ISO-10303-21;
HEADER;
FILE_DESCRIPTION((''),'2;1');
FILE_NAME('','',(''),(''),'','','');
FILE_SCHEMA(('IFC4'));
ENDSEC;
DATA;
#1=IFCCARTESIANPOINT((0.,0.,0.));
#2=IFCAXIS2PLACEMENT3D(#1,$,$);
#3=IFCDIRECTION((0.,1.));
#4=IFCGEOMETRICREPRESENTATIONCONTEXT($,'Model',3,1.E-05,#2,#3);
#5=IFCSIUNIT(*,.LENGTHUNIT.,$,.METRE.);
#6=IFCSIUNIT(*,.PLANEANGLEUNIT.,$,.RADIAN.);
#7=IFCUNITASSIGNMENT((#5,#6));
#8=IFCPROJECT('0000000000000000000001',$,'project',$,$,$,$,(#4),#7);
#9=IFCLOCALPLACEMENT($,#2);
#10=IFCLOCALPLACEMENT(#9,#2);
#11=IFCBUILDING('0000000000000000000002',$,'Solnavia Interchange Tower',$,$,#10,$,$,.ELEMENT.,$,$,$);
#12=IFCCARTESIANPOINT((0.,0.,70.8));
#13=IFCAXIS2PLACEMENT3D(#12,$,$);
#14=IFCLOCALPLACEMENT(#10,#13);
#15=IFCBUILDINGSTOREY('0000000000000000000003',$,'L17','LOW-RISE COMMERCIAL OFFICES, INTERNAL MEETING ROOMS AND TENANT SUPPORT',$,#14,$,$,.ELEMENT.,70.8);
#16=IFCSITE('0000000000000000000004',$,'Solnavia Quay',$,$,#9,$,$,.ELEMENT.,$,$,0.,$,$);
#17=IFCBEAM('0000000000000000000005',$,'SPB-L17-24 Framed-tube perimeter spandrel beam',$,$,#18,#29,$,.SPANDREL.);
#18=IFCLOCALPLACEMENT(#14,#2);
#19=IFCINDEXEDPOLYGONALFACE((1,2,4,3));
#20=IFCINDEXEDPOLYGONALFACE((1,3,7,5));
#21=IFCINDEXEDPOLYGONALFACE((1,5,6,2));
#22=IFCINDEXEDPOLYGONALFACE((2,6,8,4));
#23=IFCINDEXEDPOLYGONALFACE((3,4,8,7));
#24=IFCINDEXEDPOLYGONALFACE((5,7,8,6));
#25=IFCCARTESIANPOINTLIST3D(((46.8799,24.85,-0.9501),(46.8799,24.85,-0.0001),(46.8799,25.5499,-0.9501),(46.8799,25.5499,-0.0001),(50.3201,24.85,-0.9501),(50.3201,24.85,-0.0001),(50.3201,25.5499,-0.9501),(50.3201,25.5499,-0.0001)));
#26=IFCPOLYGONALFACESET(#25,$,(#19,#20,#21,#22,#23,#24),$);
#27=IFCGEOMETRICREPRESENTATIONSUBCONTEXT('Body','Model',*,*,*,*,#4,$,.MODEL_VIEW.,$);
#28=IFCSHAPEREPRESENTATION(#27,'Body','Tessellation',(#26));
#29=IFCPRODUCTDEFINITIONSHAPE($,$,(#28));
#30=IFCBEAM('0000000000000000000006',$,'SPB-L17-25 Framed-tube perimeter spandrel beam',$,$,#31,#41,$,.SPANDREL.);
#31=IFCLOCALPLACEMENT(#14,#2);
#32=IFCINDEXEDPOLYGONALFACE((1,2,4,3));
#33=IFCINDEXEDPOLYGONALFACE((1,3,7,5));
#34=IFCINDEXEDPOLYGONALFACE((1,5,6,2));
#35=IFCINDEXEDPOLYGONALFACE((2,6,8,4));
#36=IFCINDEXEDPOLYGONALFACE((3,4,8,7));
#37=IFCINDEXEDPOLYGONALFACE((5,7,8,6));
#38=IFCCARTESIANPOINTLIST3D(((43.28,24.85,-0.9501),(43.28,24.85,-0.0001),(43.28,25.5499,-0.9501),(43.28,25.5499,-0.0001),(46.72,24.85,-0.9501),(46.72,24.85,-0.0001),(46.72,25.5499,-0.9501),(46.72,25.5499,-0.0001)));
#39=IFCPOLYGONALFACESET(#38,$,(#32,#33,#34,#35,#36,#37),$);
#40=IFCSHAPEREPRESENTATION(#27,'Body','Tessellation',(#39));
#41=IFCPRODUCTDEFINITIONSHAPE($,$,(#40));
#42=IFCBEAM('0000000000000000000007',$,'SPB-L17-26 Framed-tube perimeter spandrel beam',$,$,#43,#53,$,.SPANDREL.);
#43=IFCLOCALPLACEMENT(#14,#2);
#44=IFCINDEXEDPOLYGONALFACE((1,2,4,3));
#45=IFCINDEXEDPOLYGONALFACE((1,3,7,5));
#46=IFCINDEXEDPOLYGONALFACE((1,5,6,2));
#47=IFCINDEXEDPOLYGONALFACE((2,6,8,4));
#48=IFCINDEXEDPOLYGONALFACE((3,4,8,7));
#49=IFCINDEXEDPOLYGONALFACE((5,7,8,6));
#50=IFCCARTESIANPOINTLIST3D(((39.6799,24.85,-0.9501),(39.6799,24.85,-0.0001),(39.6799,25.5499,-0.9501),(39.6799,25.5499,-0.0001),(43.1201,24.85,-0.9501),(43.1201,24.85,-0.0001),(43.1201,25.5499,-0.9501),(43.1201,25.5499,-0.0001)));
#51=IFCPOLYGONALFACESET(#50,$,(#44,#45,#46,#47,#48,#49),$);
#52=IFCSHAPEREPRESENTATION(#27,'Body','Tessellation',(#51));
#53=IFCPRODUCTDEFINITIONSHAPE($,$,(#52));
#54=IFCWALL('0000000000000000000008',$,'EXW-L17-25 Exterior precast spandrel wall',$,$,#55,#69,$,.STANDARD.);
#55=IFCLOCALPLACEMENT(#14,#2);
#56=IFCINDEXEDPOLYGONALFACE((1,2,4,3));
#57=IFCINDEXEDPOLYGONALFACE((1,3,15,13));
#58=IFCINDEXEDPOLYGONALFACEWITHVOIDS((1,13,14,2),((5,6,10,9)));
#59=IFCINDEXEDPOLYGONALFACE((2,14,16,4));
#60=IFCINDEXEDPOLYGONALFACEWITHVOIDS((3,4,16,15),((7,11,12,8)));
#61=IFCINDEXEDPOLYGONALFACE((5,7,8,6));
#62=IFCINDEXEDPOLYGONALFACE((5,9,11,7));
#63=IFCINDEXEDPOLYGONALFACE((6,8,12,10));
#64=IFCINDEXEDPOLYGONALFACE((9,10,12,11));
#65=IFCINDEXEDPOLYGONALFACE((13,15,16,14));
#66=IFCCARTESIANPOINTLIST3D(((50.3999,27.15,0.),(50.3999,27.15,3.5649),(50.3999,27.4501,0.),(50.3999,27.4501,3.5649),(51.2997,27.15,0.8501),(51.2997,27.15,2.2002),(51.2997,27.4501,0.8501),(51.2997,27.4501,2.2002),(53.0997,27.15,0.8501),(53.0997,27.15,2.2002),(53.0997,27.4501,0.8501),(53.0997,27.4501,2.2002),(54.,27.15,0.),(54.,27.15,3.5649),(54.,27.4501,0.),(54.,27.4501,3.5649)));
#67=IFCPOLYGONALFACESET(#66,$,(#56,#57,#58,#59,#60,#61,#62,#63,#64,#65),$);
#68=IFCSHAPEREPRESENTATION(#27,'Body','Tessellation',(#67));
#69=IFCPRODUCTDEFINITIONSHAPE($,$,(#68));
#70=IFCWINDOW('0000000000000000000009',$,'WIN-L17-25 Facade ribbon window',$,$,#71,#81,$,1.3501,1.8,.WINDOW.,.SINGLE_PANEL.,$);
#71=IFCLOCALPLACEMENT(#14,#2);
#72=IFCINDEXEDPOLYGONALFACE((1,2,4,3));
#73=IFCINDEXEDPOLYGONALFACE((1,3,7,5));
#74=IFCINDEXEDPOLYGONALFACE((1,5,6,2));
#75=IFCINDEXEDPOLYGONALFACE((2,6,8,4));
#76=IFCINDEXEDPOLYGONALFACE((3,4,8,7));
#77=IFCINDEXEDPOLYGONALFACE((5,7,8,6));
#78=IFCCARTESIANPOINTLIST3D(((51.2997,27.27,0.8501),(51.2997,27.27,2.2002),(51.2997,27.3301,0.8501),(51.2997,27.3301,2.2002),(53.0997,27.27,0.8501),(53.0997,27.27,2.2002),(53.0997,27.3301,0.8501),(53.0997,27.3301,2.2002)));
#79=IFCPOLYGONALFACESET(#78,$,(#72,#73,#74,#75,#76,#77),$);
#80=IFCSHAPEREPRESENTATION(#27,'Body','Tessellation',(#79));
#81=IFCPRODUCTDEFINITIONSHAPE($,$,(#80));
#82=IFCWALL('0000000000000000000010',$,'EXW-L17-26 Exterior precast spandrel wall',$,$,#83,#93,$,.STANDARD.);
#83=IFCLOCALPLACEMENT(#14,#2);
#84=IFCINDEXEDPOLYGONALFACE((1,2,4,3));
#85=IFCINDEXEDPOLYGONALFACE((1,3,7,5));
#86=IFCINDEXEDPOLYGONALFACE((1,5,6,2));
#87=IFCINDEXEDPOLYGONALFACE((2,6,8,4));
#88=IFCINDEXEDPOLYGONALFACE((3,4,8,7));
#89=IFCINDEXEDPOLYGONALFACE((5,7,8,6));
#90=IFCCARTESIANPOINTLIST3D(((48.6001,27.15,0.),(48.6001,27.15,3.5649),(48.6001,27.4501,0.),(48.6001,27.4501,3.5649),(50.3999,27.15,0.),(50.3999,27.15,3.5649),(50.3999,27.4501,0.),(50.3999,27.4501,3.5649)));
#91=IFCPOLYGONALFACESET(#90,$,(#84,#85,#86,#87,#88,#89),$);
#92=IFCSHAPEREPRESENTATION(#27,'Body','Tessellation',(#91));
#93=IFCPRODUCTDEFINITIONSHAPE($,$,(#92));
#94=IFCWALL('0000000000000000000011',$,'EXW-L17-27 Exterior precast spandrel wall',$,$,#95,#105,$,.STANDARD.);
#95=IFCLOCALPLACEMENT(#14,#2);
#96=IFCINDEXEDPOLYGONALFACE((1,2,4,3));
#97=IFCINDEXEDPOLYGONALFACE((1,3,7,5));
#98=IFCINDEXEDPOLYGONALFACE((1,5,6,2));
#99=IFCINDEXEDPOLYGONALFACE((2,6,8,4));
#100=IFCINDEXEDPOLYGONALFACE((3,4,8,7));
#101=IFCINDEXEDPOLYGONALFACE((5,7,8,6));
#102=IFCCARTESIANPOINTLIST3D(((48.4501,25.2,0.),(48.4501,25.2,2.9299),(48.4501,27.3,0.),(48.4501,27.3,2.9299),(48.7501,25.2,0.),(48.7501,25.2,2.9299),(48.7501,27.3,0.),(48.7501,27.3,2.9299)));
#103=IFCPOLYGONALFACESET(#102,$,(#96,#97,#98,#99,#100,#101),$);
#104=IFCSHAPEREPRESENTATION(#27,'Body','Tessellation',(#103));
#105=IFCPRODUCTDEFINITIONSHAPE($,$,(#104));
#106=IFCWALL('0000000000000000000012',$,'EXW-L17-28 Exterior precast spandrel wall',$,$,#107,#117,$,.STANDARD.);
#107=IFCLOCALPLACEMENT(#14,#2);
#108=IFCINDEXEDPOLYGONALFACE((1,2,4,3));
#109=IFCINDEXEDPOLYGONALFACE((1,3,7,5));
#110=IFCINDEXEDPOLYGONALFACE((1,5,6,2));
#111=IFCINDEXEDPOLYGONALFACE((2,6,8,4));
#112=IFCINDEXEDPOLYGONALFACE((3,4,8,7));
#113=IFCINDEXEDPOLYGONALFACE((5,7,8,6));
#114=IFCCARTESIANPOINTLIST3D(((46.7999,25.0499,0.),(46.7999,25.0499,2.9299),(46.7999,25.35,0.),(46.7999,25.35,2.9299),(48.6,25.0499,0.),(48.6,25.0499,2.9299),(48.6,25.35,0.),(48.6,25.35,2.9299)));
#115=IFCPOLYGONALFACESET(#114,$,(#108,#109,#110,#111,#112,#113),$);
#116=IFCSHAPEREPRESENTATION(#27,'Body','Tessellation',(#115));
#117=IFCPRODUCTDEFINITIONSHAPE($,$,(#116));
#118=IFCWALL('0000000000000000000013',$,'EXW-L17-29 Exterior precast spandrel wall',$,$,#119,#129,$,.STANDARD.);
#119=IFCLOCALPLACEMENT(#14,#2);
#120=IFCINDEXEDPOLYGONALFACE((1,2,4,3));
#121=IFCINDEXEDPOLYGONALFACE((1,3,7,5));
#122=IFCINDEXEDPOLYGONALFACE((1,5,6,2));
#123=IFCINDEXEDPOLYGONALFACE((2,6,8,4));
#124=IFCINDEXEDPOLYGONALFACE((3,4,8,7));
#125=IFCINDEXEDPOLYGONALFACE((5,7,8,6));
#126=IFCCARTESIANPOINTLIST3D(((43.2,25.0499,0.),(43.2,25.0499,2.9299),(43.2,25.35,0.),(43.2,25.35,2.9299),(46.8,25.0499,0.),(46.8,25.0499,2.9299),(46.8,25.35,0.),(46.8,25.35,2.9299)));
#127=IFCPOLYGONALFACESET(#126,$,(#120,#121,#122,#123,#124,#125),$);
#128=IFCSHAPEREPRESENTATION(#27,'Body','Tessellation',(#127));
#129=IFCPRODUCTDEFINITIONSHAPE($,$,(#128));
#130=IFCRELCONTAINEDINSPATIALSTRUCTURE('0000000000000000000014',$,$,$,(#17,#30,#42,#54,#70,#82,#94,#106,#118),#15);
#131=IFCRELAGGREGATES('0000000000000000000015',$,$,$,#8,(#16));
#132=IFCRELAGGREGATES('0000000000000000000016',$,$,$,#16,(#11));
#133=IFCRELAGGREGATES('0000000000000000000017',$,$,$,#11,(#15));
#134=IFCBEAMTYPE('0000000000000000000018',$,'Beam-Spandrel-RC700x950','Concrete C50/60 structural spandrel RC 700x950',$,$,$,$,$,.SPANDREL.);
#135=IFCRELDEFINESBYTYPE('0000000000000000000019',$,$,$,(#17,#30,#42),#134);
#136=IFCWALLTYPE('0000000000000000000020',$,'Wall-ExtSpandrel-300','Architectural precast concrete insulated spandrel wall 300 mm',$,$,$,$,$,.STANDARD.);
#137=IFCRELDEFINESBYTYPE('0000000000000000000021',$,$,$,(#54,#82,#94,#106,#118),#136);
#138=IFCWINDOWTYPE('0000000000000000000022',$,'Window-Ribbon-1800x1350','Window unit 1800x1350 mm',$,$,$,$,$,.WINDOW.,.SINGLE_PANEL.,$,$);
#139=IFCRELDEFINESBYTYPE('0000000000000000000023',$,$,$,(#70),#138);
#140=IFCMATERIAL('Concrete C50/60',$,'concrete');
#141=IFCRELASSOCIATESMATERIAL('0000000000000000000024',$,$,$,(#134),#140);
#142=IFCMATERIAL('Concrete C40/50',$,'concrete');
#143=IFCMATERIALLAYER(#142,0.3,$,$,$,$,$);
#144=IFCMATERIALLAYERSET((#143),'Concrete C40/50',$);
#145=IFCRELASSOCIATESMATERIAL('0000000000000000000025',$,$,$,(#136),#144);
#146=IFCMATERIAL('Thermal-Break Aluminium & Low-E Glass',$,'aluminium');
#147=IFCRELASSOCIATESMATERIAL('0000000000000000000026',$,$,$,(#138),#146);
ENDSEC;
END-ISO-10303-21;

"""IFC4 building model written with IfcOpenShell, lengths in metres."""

from ifc_helpers import new_model, si_unit, direction, frame, frame_2d, origin, origin_2d, place, context, subcontext, project, spatial, rectangle, extrude, material, layer, layer_set, material_profile, profile_set, type_object, element, fill, save


model = new_model("IFC4")

# Units and contexts
model_context = context("Model", 3, precision=1e-05, world=origin(), true_north=direction((0.0, 1.0)))
body_context = subcontext(model_context, "Body", "Model", "MODEL_VIEW")
ifc_project = project(units=[si_unit("LENGTHUNIT", "METRE"), si_unit("PLANEANGLEUNIT", "RADIAN")], contexts=[model_context])

# Site, building, storey
site_placement = place(None, origin())
site = spatial("IfcSite", under=ifc_project, at=site_placement, Name="Solnavia Quay", CompositionType="ELEMENT", RefElevation=0.0)
building_placement = place(site_placement, origin())
building = spatial("IfcBuilding", under=site, at=building_placement, Name="Solnavia Interchange Tower", CompositionType="ELEMENT")
storey_placement = place(building_placement, frame((0.0, 0.0, 70.8)))
storey = spatial("IfcBuildingStorey", under=building, at=storey_placement, Name="L17", Description="LOW-RISE COMMERCIAL OFFICES, INTERNAL MEETING ROOMS AND TENANT SUPPORT", CompositionType="ELEMENT", Elevation=70.8)

# Beams
ifc_material_1 = material(Name="Concrete C50/60", Category="concrete")
ifc_material_profile_1 = material_profile(ifc_material_1, rectangle(XDim=0.7, YDim=0.95, at=origin_2d()), Name="RC 700x950")
ifc_profile_set_1 = profile_set([ifc_material_profile_1], Name="Concrete C50/60")
beam_type_1 = type_object("IfcBeamType", Name="Beam-Spandrel-RC700x950", Description="Concrete C50/60 structural spandrel RC 700x950", PredefinedType="SPANDREL", material=ifc_profile_set_1)
beam_1_placement = place(storey_placement, frame((50.3201, 25.2, -0.4751), z_axis=(-1.0, 0.0, 0.0), x_axis=(0.0, -1.0, 0.0)))
element("IfcBeam", 1, at=beam_1_placement, inside=storey, type_object=beam_type_1, Name="SPB-L17-24 Framed-tube perimeter spandrel beam", PredefinedType="SPANDREL", context=body_context, shape_type="SweptSolid", body=[
    extrude(rectangle(XDim=0.7, YDim=0.95, at=origin_2d()), origin(), (0.0, 0.0, 1.0), 3.4402),
])
beam_2_placement = place(storey_placement, frame((46.72, 25.2, -0.4751), z_axis=(-1.0, 0.0, 0.0), x_axis=(0.0, -1.0, 0.0)))
element("IfcBeam", 2, at=beam_2_placement, inside=storey, type_object=beam_type_1, Name="SPB-L17-25 Framed-tube perimeter spandrel beam", PredefinedType="SPANDREL", context=body_context, shape_type="SweptSolid", body=[
    extrude(rectangle(XDim=0.7, YDim=0.95, at=origin_2d()), origin(), (0.0, 0.0, 1.0), 3.4399),
])
beam_3_placement = place(storey_placement, frame((43.1201, 25.2, -0.4751), z_axis=(-1.0, 0.0, 0.0), x_axis=(0.0, -1.0, 0.0)))
element("IfcBeam", 3, at=beam_3_placement, inside=storey, type_object=beam_type_1, Name="SPB-L17-26 Framed-tube perimeter spandrel beam", PredefinedType="SPANDREL", context=body_context, shape_type="SweptSolid", body=[
    extrude(rectangle(XDim=0.7, YDim=0.95, at=origin_2d()), origin(), (0.0, 0.0, 1.0), 3.4402),
])

# Wall, opening, window
ifc_material_2 = material(Name="Concrete C40/50", Category="concrete")
ifc_layer = layer(ifc_material_2, 0.3)
ifc_layer_set = layer_set([ifc_layer], Name="Concrete C40/50")
wall_type = type_object("IfcWallType", Name="Wall-ExtSpandrel-300", Description="Architectural precast concrete insulated spandrel wall 300 mm", PredefinedType="STANDARD", material=ifc_layer_set)
wall_1_placement = place(storey_placement, frame((50.3999, 27.3, 0.0), z_axis=(0.0, 0.0, 1.0), x_axis=(1.0, 0.0, 0.0)))
wall_1 = element("IfcWall", 4, at=wall_1_placement, inside=storey, type_object=wall_type, Name="EXW-L17-25 Exterior precast spandrel wall", PredefinedType="STANDARD", context=body_context, shape_type="SweptSolid", body=[
    extrude(rectangle(XDim=3.6001, YDim=0.3, at=frame_2d((1.8, 0.0))), origin(), (0.0, 0.0, 1.0), 3.5649),
])
opening_placement = place(wall_1_placement, frame((0.8999, 0.0, 0.8501)))
opening = element("IfcOpeningElement", 5, at=opening_placement, cuts=wall_1, PredefinedType="OPENING", context=body_context, shape_type="SweptSolid", body=[
    extrude(rectangle(XDim=1.8, YDim=1.3501, at=frame_2d((0.8999, 0.675))), frame((0.0, 0.1602, 0.0), z_axis=(0.0, -1.0, 0.0), x_axis=(1.0, 0.0, 0.0)), (0.0, 0.0, 1.0), 0.3201),
])
ifc_material_3 = material(Name="Thermal-Break Aluminium & Low-E Glass", Category="aluminium")
window_type = type_object("IfcWindowType", Name="Window-Ribbon-1800x1350", Description="Window unit 1800x1350 mm", PartitioningType="SINGLE_PANEL", PredefinedType="WINDOW", material=ifc_material_3)
window_placement = place(opening_placement, origin())
window = element("IfcWindow", 6, at=window_placement, inside=storey, type_object=window_type, Name="WIN-L17-25 Facade ribbon window", OverallHeight=1.3501, OverallWidth=1.8, PartitioningType="SINGLE_PANEL", PredefinedType="WINDOW", context=body_context, shape_type="SweptSolid", body=[
    extrude(rectangle(XDim=1.8, YDim=1.3501, at=frame_2d((0.8999, 0.675))), frame((0.0, 0.03, 0.0), z_axis=(0.0, -1.0, 0.0), x_axis=(1.0, 0.0, 0.0)), (0.0, 0.0, 1.0), 0.0601),
])
fill(opening, window)

# Walls
wall_2_placement = place(storey_placement, frame((48.6001, 27.3, 0.0), z_axis=(0.0, 0.0, 1.0), x_axis=(1.0, 0.0, 0.0)))
element("IfcWall", 7, at=wall_2_placement, inside=storey, type_object=wall_type, Name="EXW-L17-26 Exterior precast spandrel wall", PredefinedType="STANDARD", context=body_context, shape_type="SweptSolid", body=[
    extrude(rectangle(XDim=1.7998, YDim=0.3, at=frame_2d((0.8999, 0.0))), origin(), (0.0, 0.0, 1.0), 3.5649),
])
wall_3_placement = place(storey_placement, frame((48.6001, 27.3, 0.0), z_axis=(0.0, 0.0, 1.0), x_axis=(0.0, -1.0, 0.0)))
element("IfcWall", 8, at=wall_3_placement, inside=storey, type_object=wall_type, Name="EXW-L17-27 Exterior precast spandrel wall", PredefinedType="STANDARD", context=body_context, shape_type="SweptSolid", body=[
    extrude(rectangle(XDim=2.1001, YDim=0.3, at=frame_2d((1.05, 0.0))), origin(), (0.0, 0.0, 1.0), 2.9299),
])
wall_4_placement = place(storey_placement, frame((46.8, 25.2, 0.0), z_axis=(0.0, 0.0, 1.0), x_axis=(1.0, 0.0, 0.0)))
element("IfcWall", 9, at=wall_4_placement, inside=storey, type_object=wall_type, Name="EXW-L17-28 Exterior precast spandrel wall", PredefinedType="STANDARD", context=body_context, shape_type="SweptSolid", body=[
    extrude(rectangle(XDim=1.8, YDim=0.3, at=frame_2d((0.8999, 0.0))), origin(), (0.0, 0.0, 1.0), 2.9299),
])
wall_5_placement = place(storey_placement, frame((43.2, 25.2, 0.0), z_axis=(0.0, 0.0, 1.0), x_axis=(1.0, 0.0, 0.0)))
element("IfcWall", 10, at=wall_5_placement, inside=storey, type_object=wall_type, Name="EXW-L17-29 Exterior precast spandrel wall", PredefinedType="STANDARD", context=body_context, shape_type="SweptSolid", body=[
    extrude(rectangle(XDim=3.6001, YDim=0.3, at=frame_2d((1.8, 0.0))), origin(), (0.0, 0.0, 1.0), 2.9299),
])

save(model, "model.ifc")
